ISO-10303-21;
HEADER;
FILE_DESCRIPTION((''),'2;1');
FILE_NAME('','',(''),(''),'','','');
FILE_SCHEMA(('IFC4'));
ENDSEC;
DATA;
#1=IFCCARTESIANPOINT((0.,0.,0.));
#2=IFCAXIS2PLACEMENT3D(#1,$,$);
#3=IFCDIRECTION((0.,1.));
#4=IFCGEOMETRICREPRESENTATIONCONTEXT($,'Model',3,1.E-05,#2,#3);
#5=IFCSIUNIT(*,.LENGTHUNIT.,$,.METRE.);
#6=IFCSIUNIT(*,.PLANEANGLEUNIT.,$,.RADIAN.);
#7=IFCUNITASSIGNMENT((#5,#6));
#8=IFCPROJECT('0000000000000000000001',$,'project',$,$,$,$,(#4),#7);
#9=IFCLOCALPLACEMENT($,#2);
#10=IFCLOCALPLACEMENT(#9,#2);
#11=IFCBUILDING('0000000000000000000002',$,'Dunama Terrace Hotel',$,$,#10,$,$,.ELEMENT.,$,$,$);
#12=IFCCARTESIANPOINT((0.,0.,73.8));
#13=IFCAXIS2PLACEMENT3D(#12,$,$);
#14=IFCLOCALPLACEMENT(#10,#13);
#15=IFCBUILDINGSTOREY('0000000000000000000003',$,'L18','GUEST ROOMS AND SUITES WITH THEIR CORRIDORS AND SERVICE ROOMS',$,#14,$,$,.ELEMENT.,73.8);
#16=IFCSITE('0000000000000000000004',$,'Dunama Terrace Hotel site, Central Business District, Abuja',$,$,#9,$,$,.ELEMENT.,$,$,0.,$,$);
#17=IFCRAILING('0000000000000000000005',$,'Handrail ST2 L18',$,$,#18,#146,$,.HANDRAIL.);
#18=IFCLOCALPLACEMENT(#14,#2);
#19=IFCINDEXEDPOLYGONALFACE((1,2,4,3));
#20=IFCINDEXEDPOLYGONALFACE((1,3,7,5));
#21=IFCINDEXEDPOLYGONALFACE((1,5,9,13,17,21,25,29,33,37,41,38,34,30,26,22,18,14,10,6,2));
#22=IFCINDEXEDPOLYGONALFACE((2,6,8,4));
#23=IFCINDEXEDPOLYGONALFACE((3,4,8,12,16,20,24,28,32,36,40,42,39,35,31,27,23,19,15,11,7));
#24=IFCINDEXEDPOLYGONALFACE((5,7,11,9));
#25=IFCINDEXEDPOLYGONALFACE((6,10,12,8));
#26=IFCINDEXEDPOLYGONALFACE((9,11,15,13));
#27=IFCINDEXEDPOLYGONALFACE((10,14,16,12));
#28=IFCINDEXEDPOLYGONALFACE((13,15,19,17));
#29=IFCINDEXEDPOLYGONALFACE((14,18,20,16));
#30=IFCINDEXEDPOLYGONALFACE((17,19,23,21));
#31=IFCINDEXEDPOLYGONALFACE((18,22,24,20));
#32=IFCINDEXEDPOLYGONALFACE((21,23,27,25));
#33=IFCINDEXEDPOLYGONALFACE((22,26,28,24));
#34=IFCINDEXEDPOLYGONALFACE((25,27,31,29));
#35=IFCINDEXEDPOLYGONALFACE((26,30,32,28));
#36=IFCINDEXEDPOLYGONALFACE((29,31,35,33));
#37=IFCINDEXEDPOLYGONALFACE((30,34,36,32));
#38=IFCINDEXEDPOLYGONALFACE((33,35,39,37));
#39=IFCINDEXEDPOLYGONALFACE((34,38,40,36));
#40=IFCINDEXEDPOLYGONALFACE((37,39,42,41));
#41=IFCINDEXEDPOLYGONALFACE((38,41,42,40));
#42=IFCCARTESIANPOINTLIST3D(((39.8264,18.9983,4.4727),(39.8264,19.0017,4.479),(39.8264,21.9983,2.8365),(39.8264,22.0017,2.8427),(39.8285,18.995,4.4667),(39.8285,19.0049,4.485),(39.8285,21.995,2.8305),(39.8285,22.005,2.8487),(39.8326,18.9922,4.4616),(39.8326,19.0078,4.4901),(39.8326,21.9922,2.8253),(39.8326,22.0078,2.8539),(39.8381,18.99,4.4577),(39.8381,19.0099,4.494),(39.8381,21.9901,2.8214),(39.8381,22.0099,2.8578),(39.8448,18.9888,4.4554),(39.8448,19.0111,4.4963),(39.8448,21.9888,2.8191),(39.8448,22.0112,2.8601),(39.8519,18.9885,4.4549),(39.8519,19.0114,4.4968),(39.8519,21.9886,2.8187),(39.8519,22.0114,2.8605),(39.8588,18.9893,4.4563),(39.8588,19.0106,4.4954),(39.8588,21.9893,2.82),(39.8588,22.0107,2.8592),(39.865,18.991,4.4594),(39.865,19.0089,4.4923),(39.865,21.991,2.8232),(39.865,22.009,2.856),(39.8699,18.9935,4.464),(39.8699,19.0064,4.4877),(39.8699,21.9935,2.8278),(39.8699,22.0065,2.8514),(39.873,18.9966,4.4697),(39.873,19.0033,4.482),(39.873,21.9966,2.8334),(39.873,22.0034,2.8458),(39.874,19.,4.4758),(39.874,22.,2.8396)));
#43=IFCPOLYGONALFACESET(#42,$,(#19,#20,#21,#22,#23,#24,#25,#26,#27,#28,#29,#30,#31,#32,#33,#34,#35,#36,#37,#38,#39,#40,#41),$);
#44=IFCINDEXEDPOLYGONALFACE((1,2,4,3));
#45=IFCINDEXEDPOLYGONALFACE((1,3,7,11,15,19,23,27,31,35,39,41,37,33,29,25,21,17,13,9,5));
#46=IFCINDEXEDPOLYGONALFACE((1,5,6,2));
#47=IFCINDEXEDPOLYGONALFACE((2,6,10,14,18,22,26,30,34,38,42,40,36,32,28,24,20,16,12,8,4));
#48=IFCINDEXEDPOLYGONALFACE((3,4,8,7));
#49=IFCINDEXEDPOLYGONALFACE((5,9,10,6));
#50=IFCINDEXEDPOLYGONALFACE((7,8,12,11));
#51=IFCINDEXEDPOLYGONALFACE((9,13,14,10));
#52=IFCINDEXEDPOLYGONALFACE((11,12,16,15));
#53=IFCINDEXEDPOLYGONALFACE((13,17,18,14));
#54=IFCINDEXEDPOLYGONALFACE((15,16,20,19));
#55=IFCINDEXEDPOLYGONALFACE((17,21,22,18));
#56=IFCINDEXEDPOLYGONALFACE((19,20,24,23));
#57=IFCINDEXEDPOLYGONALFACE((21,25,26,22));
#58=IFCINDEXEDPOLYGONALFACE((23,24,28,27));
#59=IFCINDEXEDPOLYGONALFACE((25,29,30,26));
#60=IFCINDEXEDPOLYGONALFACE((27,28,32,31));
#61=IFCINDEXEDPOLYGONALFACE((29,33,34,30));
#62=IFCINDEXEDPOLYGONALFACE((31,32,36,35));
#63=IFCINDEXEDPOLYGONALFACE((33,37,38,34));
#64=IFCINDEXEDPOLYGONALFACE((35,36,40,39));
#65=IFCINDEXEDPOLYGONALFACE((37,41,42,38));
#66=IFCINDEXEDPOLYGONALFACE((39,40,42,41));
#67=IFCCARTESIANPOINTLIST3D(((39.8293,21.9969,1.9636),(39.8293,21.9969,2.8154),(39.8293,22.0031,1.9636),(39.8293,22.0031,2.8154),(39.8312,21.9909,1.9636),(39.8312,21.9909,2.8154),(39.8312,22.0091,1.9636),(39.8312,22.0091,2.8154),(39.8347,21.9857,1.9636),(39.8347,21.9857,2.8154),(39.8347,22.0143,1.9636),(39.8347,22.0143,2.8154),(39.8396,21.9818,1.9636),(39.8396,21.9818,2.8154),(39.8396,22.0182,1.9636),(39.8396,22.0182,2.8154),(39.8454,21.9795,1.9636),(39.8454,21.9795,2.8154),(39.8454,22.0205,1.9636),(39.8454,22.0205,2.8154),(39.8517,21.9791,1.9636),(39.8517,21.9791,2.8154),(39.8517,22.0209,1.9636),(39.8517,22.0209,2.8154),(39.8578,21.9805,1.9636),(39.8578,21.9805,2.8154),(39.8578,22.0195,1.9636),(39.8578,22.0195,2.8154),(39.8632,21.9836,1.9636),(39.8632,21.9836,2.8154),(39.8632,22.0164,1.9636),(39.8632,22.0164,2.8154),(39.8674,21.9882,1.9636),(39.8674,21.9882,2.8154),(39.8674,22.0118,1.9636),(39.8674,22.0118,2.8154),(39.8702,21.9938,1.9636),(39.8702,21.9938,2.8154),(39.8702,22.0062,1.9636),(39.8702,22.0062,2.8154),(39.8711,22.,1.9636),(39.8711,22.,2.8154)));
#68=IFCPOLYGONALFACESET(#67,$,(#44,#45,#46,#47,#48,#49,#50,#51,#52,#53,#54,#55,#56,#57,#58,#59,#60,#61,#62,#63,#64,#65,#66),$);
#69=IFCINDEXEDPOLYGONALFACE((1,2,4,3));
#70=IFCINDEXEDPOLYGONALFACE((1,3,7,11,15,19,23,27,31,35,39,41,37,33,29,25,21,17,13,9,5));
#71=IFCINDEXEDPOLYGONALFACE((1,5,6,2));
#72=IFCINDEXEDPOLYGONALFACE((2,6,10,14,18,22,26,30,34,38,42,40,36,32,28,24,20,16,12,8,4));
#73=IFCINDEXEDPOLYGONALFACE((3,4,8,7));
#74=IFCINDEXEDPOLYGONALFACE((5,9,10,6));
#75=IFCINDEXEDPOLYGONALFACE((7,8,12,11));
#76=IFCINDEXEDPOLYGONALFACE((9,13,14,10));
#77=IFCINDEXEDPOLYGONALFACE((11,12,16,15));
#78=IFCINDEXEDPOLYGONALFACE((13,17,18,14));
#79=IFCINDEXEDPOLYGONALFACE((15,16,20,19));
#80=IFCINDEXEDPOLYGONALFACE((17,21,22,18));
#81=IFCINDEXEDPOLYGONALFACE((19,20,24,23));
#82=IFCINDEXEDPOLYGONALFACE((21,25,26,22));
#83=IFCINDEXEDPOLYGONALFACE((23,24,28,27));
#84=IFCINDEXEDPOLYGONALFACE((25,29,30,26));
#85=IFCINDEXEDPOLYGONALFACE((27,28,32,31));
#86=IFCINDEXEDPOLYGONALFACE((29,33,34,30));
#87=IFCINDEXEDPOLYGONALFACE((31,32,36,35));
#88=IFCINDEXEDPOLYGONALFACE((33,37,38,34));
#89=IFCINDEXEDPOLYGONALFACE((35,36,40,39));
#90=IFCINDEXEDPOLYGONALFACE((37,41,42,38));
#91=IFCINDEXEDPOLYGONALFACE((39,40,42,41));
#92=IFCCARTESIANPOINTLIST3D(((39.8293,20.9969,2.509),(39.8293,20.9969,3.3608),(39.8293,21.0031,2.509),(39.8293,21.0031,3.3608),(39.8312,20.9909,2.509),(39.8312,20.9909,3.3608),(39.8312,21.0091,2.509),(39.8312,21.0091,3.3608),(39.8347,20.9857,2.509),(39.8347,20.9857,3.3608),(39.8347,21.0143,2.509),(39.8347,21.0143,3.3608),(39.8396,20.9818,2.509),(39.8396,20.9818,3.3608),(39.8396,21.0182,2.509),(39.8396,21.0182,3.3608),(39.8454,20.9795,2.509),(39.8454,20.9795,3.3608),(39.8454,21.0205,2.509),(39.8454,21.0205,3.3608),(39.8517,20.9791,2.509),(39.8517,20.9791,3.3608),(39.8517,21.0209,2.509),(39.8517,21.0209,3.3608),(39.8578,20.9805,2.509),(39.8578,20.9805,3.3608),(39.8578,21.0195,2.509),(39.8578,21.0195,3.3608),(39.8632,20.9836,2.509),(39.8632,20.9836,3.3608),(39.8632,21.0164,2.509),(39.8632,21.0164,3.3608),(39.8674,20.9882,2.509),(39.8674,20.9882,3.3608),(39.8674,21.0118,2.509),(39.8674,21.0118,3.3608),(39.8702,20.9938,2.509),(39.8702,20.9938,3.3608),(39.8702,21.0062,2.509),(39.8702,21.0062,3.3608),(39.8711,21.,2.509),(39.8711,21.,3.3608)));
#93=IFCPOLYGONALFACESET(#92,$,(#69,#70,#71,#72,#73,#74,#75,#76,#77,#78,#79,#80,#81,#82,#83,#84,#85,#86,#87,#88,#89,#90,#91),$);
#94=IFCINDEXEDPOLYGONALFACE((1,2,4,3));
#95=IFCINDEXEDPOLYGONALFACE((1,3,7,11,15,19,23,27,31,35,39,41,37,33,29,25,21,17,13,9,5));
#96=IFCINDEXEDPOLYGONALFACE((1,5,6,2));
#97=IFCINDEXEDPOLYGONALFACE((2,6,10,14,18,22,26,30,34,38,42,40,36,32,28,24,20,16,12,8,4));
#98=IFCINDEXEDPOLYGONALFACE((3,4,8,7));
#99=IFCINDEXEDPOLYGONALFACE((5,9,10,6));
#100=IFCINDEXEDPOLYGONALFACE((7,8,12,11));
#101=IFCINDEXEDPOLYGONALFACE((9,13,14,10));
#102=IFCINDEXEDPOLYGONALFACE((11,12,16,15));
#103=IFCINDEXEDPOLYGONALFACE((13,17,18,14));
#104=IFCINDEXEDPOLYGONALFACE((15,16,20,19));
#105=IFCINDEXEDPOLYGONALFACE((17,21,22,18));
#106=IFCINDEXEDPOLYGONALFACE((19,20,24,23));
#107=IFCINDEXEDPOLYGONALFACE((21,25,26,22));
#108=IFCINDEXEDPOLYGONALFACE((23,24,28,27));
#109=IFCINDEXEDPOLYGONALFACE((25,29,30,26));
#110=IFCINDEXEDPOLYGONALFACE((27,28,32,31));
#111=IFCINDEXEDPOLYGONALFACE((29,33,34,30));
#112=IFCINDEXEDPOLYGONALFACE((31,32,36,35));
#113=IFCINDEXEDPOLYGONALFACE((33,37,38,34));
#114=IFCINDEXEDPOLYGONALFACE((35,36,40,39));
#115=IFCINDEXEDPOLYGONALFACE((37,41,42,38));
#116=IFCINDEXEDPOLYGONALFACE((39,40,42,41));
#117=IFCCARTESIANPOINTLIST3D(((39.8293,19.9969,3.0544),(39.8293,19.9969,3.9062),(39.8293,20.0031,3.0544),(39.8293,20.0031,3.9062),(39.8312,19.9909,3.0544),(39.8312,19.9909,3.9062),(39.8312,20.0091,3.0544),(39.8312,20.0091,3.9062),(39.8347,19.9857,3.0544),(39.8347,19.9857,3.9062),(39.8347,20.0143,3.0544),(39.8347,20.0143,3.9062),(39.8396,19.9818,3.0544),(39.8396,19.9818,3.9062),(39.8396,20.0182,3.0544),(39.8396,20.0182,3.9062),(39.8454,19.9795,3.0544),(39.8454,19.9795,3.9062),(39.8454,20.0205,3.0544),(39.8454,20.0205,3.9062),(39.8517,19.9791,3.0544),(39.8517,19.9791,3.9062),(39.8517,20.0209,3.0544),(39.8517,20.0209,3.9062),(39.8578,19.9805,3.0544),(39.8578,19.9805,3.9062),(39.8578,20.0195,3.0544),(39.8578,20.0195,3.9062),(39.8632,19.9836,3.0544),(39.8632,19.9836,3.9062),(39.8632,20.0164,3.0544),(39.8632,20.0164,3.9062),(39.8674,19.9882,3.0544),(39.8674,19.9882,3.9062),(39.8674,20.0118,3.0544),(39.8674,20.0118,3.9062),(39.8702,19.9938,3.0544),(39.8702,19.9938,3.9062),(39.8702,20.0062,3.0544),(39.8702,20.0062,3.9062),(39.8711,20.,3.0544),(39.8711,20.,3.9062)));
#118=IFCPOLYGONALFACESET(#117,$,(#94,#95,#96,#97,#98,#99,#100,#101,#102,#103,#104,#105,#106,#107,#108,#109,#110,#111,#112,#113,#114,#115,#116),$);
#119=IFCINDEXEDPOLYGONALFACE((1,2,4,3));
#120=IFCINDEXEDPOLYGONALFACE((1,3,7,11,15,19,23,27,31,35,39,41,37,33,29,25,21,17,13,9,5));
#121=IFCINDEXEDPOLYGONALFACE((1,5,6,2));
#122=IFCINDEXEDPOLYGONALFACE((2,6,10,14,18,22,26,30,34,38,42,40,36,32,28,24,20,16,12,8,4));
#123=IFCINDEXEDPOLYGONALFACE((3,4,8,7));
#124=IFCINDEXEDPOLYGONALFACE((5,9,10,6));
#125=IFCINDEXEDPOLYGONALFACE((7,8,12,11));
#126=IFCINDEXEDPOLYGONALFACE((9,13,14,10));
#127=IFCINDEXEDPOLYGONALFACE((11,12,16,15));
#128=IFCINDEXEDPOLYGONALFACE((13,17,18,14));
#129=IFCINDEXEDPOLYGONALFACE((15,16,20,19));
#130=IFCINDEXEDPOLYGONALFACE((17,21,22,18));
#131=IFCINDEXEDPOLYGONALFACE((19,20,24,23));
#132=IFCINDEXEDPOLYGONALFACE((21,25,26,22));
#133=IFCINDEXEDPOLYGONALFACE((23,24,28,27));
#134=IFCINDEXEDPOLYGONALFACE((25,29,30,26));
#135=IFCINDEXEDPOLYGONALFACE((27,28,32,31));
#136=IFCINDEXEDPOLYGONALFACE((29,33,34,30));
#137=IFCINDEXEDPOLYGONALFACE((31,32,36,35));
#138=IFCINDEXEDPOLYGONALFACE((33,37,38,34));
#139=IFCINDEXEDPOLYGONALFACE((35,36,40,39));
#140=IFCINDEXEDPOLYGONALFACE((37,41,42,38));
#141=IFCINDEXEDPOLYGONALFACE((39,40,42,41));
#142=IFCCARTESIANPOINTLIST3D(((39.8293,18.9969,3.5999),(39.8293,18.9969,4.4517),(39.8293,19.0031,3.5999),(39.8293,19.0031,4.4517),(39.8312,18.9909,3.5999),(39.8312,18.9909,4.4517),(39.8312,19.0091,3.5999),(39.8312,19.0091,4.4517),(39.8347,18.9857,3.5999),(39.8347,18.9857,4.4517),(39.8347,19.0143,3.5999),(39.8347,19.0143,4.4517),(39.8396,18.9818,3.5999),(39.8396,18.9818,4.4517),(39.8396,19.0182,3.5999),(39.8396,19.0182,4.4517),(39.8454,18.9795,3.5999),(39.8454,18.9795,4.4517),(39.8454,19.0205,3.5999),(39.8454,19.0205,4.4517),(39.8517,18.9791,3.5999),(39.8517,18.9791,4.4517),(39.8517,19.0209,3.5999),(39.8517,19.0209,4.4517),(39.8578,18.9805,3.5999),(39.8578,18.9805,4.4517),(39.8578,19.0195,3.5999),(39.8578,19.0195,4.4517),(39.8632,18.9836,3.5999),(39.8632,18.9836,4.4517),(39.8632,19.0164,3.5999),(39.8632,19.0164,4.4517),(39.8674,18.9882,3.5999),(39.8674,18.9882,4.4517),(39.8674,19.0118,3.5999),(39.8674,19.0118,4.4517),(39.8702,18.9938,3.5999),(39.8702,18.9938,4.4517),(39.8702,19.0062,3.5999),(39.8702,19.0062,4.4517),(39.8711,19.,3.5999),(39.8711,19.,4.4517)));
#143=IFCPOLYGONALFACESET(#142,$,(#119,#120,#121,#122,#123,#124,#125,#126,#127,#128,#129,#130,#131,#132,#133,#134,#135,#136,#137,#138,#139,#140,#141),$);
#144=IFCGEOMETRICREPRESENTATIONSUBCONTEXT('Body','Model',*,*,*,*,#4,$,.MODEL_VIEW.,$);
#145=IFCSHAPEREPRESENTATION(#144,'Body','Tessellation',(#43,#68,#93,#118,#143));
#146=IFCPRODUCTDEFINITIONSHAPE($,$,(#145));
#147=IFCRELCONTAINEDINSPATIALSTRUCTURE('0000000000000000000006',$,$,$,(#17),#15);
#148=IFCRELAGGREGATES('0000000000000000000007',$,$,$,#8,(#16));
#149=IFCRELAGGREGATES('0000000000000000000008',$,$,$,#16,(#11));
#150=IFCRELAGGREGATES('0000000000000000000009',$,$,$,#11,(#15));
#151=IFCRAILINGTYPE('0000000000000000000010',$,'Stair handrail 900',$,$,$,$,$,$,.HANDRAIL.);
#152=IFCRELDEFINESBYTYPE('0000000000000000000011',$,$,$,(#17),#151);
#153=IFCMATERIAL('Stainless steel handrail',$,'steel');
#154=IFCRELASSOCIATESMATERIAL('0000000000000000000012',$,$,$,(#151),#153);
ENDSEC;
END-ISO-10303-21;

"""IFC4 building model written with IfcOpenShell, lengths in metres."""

from ifc_helpers import new_model, si_unit, direction, frame, origin, origin_2d, place, context, subcontext, project, spatial, circle, extrude, material, type_object, element, save


model = new_model("IFC4")

# Units and contexts
model_context = context("Model", 3, precision=1e-05, world=origin(), true_north=direction((0.0, 1.0)))
body_context = subcontext(model_context, "Body", "Model", "MODEL_VIEW")
ifc_project = project(units=[si_unit("LENGTHUNIT", "METRE"), si_unit("PLANEANGLEUNIT", "RADIAN")], contexts=[model_context])

# Site, building, storey
site_placement = place(None, origin())
site = spatial("IfcSite", under=ifc_project, at=site_placement, Name="Dunama Terrace Hotel site, Central Business District, Abuja", CompositionType="ELEMENT", RefElevation=0.0)
building_placement = place(site_placement, origin())
building = spatial("IfcBuilding", under=site, at=building_placement, Name="Dunama Terrace Hotel", CompositionType="ELEMENT")
storey_placement = place(building_placement, frame((0.0, 0.0, 73.8)))
storey = spatial("IfcBuildingStorey", under=building, at=storey_placement, Name="L18", Description="GUEST ROOMS AND SUITES WITH THEIR CORRIDORS AND SERVICE ROOMS", CompositionType="ELEMENT", Elevation=73.8)

# Railing
ifc_material_1 = material(Name="Stainless steel handrail", Category="steel")
railing_type = type_object("IfcRailingType", Name="Stair handrail 900", PredefinedType="HANDRAIL", material=ifc_material_1)
railing_1_placement = place(storey_placement, frame((39.8501, 22.0, 1.9636)))
element("IfcRailing", 1, at=railing_1_placement, inside=storey, type_object=railing_type, Name="Handrail ST2 L18", PredefinedType="HANDRAIL", context=body_context, shape_type="SweptSolid", body=[
    extrude(circle(Radius=0.0239, at=origin_2d()), frame((0.0, 0.0, 0.876), z_axis=(0.0, -0.877912, 0.478822), x_axis=(1.0, 0.0, 0.0)), (0.0, 0.0, 1.0), 3.4172),
    extrude(circle(Radius=0.021, at=origin_2d()), origin(), (0.0, 0.0, 1.0), 0.8518),
    extrude(circle(Radius=0.021, at=origin_2d()), frame((0.0, -1.0, 0.5454)), (0.0, 0.0, 1.0), 0.8518),
    extrude(circle(Radius=0.021, at=origin_2d()), frame((0.0, -2.0, 1.0908)), (0.0, 0.0, 1.0), 0.8518),
    extrude(circle(Radius=0.021, at=origin_2d()), frame((0.0, -3.0, 1.6362)), (0.0, 0.0, 1.0), 0.8518),
])

save(model, "model.ifc")
